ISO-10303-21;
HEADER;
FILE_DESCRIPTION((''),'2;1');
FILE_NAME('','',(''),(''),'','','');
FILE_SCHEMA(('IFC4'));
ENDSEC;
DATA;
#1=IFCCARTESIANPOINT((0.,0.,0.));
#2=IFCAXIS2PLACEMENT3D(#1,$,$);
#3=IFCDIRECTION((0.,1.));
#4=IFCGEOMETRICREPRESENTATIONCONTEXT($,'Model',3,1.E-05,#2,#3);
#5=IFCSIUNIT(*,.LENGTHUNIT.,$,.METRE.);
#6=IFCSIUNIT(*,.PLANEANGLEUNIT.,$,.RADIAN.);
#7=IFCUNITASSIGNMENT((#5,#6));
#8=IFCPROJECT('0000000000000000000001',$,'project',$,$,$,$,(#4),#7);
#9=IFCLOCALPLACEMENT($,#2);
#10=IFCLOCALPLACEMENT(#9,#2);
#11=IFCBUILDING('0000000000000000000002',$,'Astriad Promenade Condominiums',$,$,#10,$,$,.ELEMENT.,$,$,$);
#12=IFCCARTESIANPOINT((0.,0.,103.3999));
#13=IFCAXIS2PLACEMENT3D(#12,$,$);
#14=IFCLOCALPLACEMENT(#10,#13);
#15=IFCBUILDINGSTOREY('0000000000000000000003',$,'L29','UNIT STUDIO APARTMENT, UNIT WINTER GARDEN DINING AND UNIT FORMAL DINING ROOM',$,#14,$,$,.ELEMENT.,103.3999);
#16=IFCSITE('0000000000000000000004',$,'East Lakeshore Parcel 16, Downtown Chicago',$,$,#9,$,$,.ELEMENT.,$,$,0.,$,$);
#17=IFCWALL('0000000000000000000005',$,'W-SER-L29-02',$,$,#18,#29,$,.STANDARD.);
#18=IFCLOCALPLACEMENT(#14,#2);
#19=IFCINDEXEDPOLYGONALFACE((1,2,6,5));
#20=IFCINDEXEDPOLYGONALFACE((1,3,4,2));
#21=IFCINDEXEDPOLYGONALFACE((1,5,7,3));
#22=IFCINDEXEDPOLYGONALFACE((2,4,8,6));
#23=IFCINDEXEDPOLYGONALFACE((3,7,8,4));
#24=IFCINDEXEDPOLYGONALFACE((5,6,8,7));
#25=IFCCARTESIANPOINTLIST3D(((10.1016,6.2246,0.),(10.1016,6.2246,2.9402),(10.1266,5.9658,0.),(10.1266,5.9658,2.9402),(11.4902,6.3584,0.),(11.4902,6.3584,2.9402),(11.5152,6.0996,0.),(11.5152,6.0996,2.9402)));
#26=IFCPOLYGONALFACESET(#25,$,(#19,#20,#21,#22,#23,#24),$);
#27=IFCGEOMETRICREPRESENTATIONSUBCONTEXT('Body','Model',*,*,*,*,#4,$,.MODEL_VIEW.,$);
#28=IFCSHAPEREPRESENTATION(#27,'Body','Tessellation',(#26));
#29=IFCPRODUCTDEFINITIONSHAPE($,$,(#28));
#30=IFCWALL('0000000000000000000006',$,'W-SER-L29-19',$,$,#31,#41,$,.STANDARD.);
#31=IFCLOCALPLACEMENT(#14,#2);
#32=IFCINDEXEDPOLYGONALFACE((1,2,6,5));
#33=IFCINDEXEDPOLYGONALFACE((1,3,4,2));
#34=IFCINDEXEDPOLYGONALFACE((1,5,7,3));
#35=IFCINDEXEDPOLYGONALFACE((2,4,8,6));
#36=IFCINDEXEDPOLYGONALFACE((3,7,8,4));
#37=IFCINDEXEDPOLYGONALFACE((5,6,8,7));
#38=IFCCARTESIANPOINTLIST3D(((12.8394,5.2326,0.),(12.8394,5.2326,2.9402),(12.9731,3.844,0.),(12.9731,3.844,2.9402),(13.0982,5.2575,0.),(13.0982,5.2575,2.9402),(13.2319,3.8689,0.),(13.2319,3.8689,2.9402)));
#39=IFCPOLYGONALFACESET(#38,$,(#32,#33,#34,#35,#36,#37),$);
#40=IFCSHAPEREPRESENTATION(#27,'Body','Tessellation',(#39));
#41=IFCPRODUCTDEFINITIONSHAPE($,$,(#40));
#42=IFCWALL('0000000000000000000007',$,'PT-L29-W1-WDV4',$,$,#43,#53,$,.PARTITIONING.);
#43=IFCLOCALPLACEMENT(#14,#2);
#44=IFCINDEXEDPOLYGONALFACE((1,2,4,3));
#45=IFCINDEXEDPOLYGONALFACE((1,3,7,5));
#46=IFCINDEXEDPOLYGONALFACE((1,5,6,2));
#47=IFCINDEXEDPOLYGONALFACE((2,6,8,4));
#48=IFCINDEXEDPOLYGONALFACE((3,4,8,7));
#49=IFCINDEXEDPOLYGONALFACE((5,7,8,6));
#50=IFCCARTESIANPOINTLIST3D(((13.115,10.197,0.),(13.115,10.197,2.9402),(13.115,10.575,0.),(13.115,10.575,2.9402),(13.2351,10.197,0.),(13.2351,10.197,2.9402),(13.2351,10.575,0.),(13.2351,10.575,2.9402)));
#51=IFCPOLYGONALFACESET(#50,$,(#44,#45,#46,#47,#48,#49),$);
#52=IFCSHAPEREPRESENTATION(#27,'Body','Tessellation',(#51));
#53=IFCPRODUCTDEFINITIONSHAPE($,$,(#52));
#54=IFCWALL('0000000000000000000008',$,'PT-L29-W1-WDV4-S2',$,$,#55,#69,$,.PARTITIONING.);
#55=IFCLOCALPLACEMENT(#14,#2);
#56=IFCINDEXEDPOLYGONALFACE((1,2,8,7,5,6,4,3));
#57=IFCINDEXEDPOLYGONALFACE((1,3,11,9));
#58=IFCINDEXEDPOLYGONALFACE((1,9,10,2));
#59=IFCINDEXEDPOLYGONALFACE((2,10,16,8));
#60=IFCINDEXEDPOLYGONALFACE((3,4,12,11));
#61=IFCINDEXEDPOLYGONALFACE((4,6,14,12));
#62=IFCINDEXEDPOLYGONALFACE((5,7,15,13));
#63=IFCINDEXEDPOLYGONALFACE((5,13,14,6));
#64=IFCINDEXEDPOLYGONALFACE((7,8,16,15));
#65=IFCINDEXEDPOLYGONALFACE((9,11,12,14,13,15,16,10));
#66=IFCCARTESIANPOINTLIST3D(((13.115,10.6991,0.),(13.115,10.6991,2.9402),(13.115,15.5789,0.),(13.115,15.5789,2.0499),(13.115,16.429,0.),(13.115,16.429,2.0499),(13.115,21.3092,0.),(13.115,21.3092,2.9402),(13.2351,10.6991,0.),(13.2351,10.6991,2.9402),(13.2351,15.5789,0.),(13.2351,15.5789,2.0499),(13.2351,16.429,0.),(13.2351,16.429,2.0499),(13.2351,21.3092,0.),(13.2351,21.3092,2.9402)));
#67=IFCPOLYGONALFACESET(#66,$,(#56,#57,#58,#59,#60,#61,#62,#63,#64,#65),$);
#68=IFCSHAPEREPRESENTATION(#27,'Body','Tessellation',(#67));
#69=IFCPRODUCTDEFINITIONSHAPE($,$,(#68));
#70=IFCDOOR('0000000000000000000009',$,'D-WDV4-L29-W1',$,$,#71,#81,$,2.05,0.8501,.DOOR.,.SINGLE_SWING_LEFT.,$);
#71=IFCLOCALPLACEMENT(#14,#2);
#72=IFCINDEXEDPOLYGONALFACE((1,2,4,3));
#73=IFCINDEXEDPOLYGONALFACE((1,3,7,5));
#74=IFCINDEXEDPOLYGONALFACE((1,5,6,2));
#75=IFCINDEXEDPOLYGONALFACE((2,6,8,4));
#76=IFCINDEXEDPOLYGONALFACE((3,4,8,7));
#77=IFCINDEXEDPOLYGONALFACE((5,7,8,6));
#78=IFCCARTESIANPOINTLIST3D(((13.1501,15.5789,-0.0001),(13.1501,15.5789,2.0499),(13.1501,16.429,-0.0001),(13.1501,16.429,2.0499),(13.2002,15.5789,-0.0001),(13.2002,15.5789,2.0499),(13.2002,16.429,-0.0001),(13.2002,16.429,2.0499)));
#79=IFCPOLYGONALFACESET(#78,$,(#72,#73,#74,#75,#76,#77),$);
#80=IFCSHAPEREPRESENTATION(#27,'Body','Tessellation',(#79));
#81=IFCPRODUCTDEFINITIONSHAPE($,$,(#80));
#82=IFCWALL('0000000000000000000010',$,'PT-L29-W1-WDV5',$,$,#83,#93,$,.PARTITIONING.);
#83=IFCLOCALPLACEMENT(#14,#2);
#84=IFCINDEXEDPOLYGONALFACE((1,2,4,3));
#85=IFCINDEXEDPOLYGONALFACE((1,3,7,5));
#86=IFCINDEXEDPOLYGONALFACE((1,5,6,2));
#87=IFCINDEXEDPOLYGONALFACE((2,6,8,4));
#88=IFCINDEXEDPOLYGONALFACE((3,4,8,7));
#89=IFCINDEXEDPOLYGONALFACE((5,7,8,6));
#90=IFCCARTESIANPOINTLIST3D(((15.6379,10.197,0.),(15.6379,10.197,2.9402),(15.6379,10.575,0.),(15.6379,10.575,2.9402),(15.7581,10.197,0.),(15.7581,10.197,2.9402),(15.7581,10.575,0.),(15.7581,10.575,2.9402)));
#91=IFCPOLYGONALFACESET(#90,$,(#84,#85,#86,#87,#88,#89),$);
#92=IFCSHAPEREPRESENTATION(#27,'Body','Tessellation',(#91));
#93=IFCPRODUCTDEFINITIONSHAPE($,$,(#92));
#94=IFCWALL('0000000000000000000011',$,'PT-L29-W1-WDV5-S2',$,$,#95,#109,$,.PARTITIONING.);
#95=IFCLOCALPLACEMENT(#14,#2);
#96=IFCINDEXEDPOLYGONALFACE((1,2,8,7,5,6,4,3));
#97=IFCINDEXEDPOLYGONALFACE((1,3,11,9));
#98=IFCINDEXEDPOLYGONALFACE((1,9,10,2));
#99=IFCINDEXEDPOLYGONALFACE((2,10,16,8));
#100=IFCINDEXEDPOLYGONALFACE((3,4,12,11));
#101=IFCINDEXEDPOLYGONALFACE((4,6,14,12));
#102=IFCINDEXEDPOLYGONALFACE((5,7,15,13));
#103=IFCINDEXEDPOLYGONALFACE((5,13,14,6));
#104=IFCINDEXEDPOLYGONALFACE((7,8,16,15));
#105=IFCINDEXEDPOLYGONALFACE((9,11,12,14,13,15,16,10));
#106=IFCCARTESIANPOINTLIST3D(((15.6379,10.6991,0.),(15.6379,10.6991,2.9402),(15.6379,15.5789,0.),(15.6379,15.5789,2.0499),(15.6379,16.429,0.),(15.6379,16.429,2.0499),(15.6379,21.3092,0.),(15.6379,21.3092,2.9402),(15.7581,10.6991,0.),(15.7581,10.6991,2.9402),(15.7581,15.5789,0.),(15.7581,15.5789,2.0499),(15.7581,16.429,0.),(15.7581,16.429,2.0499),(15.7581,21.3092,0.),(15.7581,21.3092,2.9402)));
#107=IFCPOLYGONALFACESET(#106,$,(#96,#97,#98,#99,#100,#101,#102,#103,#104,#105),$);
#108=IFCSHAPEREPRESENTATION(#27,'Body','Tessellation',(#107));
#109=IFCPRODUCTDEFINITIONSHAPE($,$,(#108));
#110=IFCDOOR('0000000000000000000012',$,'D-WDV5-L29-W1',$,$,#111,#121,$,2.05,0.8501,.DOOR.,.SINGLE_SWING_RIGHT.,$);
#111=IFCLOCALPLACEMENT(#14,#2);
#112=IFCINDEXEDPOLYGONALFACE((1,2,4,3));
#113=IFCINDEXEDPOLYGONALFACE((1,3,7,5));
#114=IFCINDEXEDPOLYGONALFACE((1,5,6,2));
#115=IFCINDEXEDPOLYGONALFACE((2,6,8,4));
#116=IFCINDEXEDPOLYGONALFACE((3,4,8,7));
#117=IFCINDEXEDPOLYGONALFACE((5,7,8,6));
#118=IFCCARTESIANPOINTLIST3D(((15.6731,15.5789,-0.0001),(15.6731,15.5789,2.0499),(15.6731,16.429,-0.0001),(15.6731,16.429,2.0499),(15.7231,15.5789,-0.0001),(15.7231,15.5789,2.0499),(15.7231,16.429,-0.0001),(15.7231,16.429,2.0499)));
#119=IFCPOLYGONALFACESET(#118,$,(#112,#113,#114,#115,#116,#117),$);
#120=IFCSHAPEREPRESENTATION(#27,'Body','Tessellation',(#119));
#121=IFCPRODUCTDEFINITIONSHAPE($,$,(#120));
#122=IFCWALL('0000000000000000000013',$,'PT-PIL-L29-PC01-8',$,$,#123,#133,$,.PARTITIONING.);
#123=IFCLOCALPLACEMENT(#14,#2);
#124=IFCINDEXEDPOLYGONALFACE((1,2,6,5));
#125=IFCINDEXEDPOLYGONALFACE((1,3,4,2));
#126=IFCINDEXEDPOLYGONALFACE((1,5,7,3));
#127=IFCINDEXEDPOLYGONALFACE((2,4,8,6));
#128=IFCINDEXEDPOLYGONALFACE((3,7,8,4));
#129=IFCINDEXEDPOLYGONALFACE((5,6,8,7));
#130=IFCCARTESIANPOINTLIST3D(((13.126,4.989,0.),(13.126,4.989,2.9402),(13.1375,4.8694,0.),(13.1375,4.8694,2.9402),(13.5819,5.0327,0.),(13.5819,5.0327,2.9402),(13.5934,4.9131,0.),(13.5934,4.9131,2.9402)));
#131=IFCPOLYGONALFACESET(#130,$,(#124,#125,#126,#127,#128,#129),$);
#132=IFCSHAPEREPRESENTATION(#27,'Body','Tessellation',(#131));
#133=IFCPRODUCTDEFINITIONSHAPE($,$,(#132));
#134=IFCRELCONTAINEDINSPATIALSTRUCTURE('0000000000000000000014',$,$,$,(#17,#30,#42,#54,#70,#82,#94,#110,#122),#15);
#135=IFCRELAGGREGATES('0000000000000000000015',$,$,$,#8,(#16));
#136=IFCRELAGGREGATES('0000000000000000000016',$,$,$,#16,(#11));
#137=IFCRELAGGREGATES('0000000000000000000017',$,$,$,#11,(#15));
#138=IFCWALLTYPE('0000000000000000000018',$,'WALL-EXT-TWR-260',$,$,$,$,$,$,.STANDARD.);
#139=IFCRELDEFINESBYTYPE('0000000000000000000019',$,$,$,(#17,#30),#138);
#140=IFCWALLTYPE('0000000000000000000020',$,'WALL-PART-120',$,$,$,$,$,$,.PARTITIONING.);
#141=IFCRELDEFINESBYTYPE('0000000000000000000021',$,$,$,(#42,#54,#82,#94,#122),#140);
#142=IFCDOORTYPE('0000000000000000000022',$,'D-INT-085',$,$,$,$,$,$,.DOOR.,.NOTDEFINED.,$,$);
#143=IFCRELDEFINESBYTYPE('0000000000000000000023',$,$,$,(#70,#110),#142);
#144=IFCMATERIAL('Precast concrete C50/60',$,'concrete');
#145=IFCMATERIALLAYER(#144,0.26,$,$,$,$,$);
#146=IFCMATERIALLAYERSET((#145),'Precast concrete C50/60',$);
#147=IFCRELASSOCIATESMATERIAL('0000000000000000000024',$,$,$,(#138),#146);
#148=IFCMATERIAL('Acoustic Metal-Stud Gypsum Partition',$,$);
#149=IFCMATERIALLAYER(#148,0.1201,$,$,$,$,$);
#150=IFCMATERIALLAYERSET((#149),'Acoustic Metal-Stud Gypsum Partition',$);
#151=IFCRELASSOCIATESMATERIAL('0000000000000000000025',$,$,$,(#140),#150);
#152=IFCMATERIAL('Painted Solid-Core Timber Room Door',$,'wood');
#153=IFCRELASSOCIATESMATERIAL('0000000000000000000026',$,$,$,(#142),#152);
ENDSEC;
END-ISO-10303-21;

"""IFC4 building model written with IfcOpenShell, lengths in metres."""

from ifc_helpers import new_model, si_unit, direction, frame, frame_2d, origin, place, context, subcontext, project, spatial, rectangle, extrude, source, transform, mapped, material, layer, layer_set, type_object, type_shapes, element, fill, save


model = new_model("IFC4")

# Units and contexts
model_context = context("Model", 3, precision=1e-05, world=origin(), true_north=direction((0.0, 1.0)))
body_context = subcontext(model_context, "Body", "Model", "MODEL_VIEW")
ifc_project = project(units=[si_unit("LENGTHUNIT", "METRE"), si_unit("PLANEANGLEUNIT", "RADIAN")], contexts=[model_context])

# Site, building, storey
site_placement = place(None, origin())
site = spatial("IfcSite", under=ifc_project, at=site_placement, Name="East Lakeshore Parcel 16, Downtown Chicago", CompositionType="ELEMENT", RefElevation=0.0)
building_placement = place(site_placement, origin())
building = spatial("IfcBuilding", under=site, at=building_placement, Name="Astriad Promenade Condominiums", CompositionType="ELEMENT")
storey_placement = place(building_placement, frame((0.0, 0.0, 103.3999)))
storey = spatial("IfcBuildingStorey", under=building, at=storey_placement, Name="L29", Description="UNIT STUDIO APARTMENT, UNIT WINTER GARDEN DINING AND UNIT FORMAL DINING ROOM", CompositionType="ELEMENT", Elevation=103.3999)

# Walls
ifc_material_1 = material(Name="Precast concrete C50/60", Category="concrete")
ifc_layer_1 = layer(ifc_material_1, 0.26)
ifc_layer_set_1 = layer_set([ifc_layer_1], Name="Precast concrete C50/60")
wall_type_1 = type_object("IfcWallType", Name="WALL-EXT-TWR-260", PredefinedType="STANDARD", material=ifc_layer_set_1)
for number, where, z_axis, x_axis, name in (
    (1, (11.5027, 6.229, 0.0), (0.0, 0.0, 1.0), (-0.995391, -0.095899, 0.0), "W-SER-L29-02"),
    (2, (13.1025, 3.8564, 0.0), (0.0, 0.0, 1.0), (-0.095899, 0.995391, 0.0), "W-SER-L29-19"),
):
    element("IfcWall", number, at=place(storey_placement, frame(where, z_axis=z_axis, x_axis=x_axis)), inside=storey, type_object=wall_type_1, Name=name, PredefinedType="STANDARD", context=body_context, shape_type="SweptSolid", body=[
        extrude(rectangle(XDim=1.395, YDim=0.26, at=frame_2d((0.6975, 0.0))), origin(), (0.0, 0.0, 1.0), 2.9402),
    ])
ifc_material_2 = material(Name="Acoustic Metal-Stud Gypsum Partition")
ifc_layer_2 = layer(ifc_material_2, 0.1201)
ifc_layer_set_2 = layer_set([ifc_layer_2], Name="Acoustic Metal-Stud Gypsum Partition")
wall_type_2 = type_object("IfcWallType", Name="WALL-PART-120", PredefinedType="PARTITIONING", material=ifc_layer_set_2)
wall_1_placement = place(storey_placement, frame((13.175, 10.197, 0.0), z_axis=(0.0, 0.0, 1.0), x_axis=(0.0, 1.0, 0.0)))
element("IfcWall", 3, at=wall_1_placement, inside=storey, type_object=wall_type_2, Name="PT-L29-W1-WDV4", PredefinedType="PARTITIONING", context=body_context, shape_type="SweptSolid", body=[
    extrude(rectangle(XDim=0.3779, YDim=0.1201, at=frame_2d((0.189, 0.0))), origin(), (0.0, 0.0, 1.0), 2.9402),
])

# Wall, opening, door
wall_2_placement = place(storey_placement, frame((13.175, 10.699, 0.0), z_axis=(0.0, 0.0, 1.0), x_axis=(0.0, 1.0, 0.0)))
wall_2 = element("IfcWall", 4, at=wall_2_placement, inside=storey, type_object=wall_type_2, Name="PT-L29-W1-WDV4-S2", PredefinedType="PARTITIONING", context=body_context, shape_type="SweptSolid", body=[
    extrude(rectangle(XDim=10.6101, YDim=0.1201, at=frame_2d((5.3052, 0.0))), origin(), (0.0, 0.0, 1.0), 2.9402),
])
opening_1_placement = place(wall_2_placement, frame((4.8799, 0.0, 0.0)))
opening_1 = element("IfcOpeningElement", 5, at=opening_1_placement, cuts=wall_2, PredefinedType="OPENING", context=body_context, shape_type="SweptSolid", body=[
    extrude(rectangle(XDim=0.8501, YDim=2.05, at=frame_2d((0.425, 1.0249))), frame((0.0, 0.0701, 0.0), z_axis=(0.0, -1.0, 0.0), x_axis=(1.0, 0.0, 0.0)), (0.0, 0.0, 1.0), 0.1401),
])
ifc_material_3 = material(Name="Painted Solid-Core Timber Room Door", Category="wood")
door_type = type_object("IfcDoorType", Name="D-INT-085", OperationType="NOTDEFINED", PredefinedType="DOOR", material=ifc_material_3)
shared_shape_1 = source(origin(), body_context, "Body", "SweptSolid", [
    extrude(rectangle(XDim=0.8501, YDim=2.05, at=frame_2d((0.425, 1.0249))), frame((0.0, 0.0249, 0.0), z_axis=(0.0, -1.0, 0.0), x_axis=(1.0, 0.0, 0.0)), (0.0, 0.0, 1.0), 0.05),
])
type_shapes(door_type, [shared_shape_1])
door_1_placement = place(opening_1_placement, origin())
door_1 = element("IfcDoor", 6, at=door_1_placement, inside=storey, type_object=door_type, Name="D-WDV4-L29-W1", OperationType="SINGLE_SWING_LEFT", OverallHeight=2.05, OverallWidth=0.8501, PredefinedType="DOOR", context=body_context, shape_type="MappedRepresentation", body=[
    mapped(shared_shape_1, transform((0.0, 0.0, 0.0), scale=1.0)),
])
fill(opening_1, door_1)

# Wall
wall_3_placement = place(storey_placement, frame((15.698, 10.197, 0.0), z_axis=(0.0, 0.0, 1.0), x_axis=(0.0, 1.0, 0.0)))
element("IfcWall", 7, at=wall_3_placement, inside=storey, type_object=wall_type_2, Name="PT-L29-W1-WDV5", PredefinedType="PARTITIONING", context=body_context, shape_type="SweptSolid", body=[
    extrude(rectangle(XDim=0.3779, YDim=0.1201, at=frame_2d((0.189, 0.0))), origin(), (0.0, 0.0, 1.0), 2.9402),
])

# Wall, opening, door
wall_4_placement = place(storey_placement, frame((15.698, 10.699, 0.0), z_axis=(0.0, 0.0, 1.0), x_axis=(0.0, 1.0, 0.0)))
wall_4 = element("IfcWall", 8, at=wall_4_placement, inside=storey, type_object=wall_type_2, Name="PT-L29-W1-WDV5-S2", PredefinedType="PARTITIONING", context=body_context, shape_type="SweptSolid", body=[
    extrude(rectangle(XDim=10.6101, YDim=0.1201, at=frame_2d((5.3052, 0.0))), origin(), (0.0, 0.0, 1.0), 2.9402),
])
opening_2_placement = place(wall_4_placement, frame((4.8799, 0.0, 0.0)))
opening_2 = element("IfcOpeningElement", 9, at=opening_2_placement, cuts=wall_4, PredefinedType="OPENING", context=body_context, shape_type="SweptSolid", body=[
    extrude(rectangle(XDim=0.8501, YDim=2.05, at=frame_2d((0.425, 1.0249))), frame((0.0, 0.0701, 0.0), z_axis=(0.0, -1.0, 0.0), x_axis=(1.0, 0.0, 0.0)), (0.0, 0.0, 1.0), 0.1401),
])
door_2_placement = place(opening_2_placement, origin())
door_2 = element("IfcDoor", 10, at=door_2_placement, inside=storey, type_object=door_type, Name="D-WDV5-L29-W1", OperationType="SINGLE_SWING_RIGHT", OverallHeight=2.05, OverallWidth=0.8501, PredefinedType="DOOR", context=body_context, shape_type="MappedRepresentation", body=[
    mapped(shared_shape_1, transform((0.0, 0.0, 0.0), scale=1.0)),
])
fill(opening_2, door_2)

# Wall
wall_5_placement = place(storey_placement, frame((13.5876, 4.9729, 0.0), z_axis=(0.0, 0.0, 1.0), x_axis=(-0.995435, -0.095438, 0.0)))
element("IfcWall", 11, at=wall_5_placement, inside=storey, type_object=wall_type_2, Name="PT-PIL-L29-PC01-8", PredefinedType="PARTITIONING", context=body_context, shape_type="SweptSolid", body=[
    extrude(rectangle(XDim=0.458, YDim=0.1201, at=frame_2d((0.229, 0.0))), origin(), (0.0, 0.0, 1.0), 2.9402),
])

save(model, "model.ifc")
